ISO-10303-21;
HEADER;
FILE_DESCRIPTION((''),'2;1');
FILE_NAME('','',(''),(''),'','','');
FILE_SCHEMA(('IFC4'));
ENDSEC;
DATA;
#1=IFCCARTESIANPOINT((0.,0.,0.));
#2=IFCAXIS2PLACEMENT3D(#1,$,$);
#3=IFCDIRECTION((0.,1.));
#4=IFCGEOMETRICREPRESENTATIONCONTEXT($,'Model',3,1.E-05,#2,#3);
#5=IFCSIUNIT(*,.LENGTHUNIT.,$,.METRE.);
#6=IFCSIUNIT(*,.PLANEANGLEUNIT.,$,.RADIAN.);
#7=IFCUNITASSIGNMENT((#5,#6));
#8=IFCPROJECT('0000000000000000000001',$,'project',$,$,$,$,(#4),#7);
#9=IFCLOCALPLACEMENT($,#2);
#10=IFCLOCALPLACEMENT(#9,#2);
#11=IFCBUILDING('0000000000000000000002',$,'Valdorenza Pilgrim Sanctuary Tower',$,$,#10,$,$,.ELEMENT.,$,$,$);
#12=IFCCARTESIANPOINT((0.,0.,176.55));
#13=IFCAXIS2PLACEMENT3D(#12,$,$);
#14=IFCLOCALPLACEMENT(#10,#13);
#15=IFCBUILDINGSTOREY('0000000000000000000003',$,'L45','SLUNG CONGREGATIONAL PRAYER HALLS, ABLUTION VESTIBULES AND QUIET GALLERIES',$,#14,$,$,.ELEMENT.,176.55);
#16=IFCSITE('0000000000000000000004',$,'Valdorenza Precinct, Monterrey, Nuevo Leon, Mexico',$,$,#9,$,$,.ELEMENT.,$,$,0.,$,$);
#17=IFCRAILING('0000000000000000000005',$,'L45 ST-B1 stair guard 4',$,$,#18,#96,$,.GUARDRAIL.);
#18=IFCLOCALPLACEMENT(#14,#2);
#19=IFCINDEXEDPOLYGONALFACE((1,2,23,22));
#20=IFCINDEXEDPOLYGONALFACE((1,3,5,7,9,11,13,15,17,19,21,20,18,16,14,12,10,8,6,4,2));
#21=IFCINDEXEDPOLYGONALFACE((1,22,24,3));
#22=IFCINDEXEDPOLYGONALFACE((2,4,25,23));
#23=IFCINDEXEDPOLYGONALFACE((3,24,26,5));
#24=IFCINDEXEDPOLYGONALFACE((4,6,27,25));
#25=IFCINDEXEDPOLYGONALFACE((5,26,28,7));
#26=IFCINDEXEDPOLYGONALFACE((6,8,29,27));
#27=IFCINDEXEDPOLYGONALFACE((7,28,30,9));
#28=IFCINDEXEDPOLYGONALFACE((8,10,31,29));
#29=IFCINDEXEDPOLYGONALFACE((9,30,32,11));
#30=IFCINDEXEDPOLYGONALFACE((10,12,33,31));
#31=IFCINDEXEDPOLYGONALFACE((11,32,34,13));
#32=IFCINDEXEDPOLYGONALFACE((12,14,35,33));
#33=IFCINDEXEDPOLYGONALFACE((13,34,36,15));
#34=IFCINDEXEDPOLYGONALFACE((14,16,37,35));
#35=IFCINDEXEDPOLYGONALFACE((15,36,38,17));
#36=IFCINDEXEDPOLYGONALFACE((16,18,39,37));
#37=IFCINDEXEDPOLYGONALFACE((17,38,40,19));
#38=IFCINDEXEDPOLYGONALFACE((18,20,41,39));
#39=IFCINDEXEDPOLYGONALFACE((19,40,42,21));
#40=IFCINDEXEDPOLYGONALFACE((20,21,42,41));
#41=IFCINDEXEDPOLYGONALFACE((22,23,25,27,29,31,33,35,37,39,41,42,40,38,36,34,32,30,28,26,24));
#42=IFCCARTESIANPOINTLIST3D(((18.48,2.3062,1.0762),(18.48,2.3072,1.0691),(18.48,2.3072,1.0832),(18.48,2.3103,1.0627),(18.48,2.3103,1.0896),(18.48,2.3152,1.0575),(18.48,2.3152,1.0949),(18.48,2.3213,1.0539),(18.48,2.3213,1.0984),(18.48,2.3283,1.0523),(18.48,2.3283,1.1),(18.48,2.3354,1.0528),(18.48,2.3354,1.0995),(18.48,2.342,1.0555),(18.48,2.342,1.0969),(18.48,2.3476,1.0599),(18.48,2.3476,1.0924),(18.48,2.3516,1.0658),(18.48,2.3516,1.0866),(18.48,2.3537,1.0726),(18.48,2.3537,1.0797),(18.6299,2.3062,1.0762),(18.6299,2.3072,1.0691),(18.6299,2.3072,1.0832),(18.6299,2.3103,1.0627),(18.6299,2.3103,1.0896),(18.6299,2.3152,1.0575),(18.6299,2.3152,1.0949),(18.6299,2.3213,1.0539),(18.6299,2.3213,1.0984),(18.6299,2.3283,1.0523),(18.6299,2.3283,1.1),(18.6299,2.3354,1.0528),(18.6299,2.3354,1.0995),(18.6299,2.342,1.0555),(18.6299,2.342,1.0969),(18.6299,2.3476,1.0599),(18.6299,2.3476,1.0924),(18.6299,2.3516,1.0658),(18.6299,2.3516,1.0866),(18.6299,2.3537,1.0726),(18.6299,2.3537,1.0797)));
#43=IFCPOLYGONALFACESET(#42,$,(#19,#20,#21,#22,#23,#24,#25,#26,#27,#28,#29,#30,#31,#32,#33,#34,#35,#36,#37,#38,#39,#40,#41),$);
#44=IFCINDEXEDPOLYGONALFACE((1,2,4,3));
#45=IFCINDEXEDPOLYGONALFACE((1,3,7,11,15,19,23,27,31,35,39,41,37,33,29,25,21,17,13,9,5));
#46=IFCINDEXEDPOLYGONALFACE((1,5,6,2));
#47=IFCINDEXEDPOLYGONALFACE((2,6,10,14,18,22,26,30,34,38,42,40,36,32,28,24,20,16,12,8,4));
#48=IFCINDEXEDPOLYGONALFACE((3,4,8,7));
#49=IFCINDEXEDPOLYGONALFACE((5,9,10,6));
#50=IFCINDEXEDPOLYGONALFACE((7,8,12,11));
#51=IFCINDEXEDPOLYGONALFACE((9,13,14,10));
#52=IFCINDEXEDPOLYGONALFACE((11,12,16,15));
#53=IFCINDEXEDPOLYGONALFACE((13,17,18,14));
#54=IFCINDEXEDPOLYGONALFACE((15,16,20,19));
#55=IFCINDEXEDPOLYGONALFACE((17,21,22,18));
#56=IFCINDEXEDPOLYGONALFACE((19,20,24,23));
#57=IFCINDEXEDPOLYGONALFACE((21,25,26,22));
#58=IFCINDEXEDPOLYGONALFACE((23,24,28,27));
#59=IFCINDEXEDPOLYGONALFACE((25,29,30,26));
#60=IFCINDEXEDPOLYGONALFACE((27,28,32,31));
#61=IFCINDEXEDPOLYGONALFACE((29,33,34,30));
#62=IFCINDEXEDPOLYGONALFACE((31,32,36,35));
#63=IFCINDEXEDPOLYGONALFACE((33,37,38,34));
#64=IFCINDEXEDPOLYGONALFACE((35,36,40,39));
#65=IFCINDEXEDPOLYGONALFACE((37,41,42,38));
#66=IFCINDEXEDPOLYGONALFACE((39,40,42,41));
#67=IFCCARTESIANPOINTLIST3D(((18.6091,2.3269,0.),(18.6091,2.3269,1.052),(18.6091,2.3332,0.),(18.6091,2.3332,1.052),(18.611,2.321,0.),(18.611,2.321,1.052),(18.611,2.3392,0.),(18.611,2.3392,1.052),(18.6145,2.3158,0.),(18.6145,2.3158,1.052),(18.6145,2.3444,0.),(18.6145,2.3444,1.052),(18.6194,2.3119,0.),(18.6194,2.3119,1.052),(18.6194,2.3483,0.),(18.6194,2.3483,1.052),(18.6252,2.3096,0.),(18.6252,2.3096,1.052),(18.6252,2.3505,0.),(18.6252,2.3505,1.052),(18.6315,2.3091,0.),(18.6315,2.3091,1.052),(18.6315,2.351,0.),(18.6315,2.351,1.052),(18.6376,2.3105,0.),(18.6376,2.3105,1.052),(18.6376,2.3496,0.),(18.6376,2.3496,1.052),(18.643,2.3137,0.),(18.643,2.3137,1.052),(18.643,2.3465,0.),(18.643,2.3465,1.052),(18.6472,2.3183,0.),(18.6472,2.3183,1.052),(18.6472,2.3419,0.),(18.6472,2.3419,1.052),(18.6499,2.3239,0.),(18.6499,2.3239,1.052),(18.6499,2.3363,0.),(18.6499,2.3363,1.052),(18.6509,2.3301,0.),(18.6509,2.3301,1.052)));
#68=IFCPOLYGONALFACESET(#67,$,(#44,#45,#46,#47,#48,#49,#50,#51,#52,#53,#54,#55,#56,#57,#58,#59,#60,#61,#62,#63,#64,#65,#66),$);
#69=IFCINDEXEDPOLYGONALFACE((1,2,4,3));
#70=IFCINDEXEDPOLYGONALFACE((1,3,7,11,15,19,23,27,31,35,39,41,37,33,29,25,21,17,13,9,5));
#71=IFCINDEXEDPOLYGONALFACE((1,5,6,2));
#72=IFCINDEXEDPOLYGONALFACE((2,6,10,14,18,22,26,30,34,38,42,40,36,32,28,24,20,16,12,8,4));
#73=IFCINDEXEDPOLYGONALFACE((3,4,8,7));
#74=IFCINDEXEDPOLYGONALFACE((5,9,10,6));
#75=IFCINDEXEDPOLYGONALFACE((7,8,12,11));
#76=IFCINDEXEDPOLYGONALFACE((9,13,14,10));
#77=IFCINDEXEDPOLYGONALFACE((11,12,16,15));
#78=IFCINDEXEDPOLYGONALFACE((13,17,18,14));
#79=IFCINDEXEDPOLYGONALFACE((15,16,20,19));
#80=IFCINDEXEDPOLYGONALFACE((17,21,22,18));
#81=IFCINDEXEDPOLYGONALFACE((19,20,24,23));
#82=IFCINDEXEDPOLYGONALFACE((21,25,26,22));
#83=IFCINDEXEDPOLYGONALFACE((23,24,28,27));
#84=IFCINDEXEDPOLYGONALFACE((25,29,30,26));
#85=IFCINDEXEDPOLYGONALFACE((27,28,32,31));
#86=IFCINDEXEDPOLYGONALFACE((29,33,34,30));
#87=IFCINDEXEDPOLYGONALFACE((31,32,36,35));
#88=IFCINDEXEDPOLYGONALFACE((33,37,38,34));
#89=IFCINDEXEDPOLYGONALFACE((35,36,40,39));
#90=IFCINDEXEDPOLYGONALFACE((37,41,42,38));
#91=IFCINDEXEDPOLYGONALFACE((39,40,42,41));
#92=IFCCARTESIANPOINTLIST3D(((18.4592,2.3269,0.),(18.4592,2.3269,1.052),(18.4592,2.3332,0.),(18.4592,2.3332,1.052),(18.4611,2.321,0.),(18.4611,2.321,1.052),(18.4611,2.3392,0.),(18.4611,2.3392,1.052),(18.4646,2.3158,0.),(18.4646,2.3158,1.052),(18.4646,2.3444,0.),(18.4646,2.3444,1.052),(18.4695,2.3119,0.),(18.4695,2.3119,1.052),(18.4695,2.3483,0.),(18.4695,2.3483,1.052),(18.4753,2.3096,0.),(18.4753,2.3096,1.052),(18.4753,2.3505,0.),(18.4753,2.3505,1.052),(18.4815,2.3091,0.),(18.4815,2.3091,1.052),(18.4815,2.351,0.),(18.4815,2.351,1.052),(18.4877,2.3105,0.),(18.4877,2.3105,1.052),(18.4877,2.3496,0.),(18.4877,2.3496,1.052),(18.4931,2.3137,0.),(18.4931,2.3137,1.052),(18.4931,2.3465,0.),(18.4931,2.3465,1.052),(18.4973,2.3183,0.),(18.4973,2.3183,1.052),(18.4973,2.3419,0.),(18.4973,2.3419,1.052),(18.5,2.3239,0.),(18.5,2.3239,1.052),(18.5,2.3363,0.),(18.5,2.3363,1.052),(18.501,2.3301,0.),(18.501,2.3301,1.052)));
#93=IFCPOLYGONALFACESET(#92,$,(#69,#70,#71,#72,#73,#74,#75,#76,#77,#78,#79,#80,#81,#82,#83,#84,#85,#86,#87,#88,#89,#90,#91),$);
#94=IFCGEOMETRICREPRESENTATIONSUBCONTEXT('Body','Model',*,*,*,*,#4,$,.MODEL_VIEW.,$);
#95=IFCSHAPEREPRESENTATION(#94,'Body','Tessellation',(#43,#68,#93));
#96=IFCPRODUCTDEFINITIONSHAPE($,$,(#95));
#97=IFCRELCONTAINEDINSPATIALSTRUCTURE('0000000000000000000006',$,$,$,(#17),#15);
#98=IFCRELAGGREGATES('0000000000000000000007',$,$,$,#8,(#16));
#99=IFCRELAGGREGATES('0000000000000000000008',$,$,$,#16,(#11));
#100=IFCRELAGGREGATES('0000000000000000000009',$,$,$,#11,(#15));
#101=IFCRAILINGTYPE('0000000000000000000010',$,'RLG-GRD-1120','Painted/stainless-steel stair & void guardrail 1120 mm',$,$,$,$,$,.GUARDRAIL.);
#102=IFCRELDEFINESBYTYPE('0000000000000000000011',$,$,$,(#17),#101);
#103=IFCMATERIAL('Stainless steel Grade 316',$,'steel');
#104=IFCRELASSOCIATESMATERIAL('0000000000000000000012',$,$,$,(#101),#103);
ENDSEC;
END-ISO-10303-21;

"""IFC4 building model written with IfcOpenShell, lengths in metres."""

from ifc_helpers import new_model, si_unit, direction, frame, origin, origin_2d, place, context, subcontext, project, spatial, circle, extrude, material, type_object, element, save


model = new_model("IFC4")

# Units and contexts
model_context = context("Model", 3, precision=1e-05, world=origin(), true_north=direction((0.0, 1.0)))
body_context = subcontext(model_context, "Body", "Model", "MODEL_VIEW")
ifc_project = project(units=[si_unit("LENGTHUNIT", "METRE"), si_unit("PLANEANGLEUNIT", "RADIAN")], contexts=[model_context])

# Site, building, storey
site_placement = place(None, origin())
site = spatial("IfcSite", under=ifc_project, at=site_placement, Name="Valdorenza Precinct, Monterrey, Nuevo Leon, Mexico", CompositionType="ELEMENT", RefElevation=0.0)
building_placement = place(site_placement, origin())
building = spatial("IfcBuilding", under=site, at=building_placement, Name="Valdorenza Pilgrim Sanctuary Tower", CompositionType="ELEMENT")
storey_placement = place(building_placement, frame((0.0, 0.0, 176.55)))
storey = spatial("IfcBuildingStorey", under=building, at=storey_placement, Name="L45", Description="SLUNG CONGREGATIONAL PRAYER HALLS, ABLUTION VESTIBULES AND QUIET GALLERIES", CompositionType="ELEMENT", Elevation=176.55)

# Railing
ifc_material_1 = material(Name="Stainless steel Grade 316", Category="steel")
railing_type_1 = type_object("IfcRailingType", Name="RLG-GRD-1120", Description="Painted/stainless-steel stair & void guardrail 1120 mm", PredefinedType="GUARDRAIL", material=ifc_material_1)
railing_1_placement = place(storey_placement, frame((18.6299, 2.3301, 0.0)))
element("IfcRailing", 1, at=railing_1_placement, inside=storey, type_object=railing_type_1, Name="L45 ST-B1 stair guard 4", PredefinedType="GUARDRAIL", context=body_context, shape_type="SweptSolid", body=[
    extrude(circle(Radius=0.0239, at=origin_2d()), frame((0.0, 0.0, 1.0762), z_axis=(-1.0, 0.0, 0.0), x_axis=(0.0, -1.0, 0.0)), (0.0, 0.0, 1.0), 0.1499),
    extrude(circle(Radius=0.021, at=origin_2d()), origin(), (0.0, 0.0, 1.0), 1.052),
    extrude(circle(Radius=0.021, at=origin_2d()), frame((-0.1499, 0.0, 0.0)), (0.0, 0.0, 1.0), 1.052),
])

save(model, "model.ifc")
